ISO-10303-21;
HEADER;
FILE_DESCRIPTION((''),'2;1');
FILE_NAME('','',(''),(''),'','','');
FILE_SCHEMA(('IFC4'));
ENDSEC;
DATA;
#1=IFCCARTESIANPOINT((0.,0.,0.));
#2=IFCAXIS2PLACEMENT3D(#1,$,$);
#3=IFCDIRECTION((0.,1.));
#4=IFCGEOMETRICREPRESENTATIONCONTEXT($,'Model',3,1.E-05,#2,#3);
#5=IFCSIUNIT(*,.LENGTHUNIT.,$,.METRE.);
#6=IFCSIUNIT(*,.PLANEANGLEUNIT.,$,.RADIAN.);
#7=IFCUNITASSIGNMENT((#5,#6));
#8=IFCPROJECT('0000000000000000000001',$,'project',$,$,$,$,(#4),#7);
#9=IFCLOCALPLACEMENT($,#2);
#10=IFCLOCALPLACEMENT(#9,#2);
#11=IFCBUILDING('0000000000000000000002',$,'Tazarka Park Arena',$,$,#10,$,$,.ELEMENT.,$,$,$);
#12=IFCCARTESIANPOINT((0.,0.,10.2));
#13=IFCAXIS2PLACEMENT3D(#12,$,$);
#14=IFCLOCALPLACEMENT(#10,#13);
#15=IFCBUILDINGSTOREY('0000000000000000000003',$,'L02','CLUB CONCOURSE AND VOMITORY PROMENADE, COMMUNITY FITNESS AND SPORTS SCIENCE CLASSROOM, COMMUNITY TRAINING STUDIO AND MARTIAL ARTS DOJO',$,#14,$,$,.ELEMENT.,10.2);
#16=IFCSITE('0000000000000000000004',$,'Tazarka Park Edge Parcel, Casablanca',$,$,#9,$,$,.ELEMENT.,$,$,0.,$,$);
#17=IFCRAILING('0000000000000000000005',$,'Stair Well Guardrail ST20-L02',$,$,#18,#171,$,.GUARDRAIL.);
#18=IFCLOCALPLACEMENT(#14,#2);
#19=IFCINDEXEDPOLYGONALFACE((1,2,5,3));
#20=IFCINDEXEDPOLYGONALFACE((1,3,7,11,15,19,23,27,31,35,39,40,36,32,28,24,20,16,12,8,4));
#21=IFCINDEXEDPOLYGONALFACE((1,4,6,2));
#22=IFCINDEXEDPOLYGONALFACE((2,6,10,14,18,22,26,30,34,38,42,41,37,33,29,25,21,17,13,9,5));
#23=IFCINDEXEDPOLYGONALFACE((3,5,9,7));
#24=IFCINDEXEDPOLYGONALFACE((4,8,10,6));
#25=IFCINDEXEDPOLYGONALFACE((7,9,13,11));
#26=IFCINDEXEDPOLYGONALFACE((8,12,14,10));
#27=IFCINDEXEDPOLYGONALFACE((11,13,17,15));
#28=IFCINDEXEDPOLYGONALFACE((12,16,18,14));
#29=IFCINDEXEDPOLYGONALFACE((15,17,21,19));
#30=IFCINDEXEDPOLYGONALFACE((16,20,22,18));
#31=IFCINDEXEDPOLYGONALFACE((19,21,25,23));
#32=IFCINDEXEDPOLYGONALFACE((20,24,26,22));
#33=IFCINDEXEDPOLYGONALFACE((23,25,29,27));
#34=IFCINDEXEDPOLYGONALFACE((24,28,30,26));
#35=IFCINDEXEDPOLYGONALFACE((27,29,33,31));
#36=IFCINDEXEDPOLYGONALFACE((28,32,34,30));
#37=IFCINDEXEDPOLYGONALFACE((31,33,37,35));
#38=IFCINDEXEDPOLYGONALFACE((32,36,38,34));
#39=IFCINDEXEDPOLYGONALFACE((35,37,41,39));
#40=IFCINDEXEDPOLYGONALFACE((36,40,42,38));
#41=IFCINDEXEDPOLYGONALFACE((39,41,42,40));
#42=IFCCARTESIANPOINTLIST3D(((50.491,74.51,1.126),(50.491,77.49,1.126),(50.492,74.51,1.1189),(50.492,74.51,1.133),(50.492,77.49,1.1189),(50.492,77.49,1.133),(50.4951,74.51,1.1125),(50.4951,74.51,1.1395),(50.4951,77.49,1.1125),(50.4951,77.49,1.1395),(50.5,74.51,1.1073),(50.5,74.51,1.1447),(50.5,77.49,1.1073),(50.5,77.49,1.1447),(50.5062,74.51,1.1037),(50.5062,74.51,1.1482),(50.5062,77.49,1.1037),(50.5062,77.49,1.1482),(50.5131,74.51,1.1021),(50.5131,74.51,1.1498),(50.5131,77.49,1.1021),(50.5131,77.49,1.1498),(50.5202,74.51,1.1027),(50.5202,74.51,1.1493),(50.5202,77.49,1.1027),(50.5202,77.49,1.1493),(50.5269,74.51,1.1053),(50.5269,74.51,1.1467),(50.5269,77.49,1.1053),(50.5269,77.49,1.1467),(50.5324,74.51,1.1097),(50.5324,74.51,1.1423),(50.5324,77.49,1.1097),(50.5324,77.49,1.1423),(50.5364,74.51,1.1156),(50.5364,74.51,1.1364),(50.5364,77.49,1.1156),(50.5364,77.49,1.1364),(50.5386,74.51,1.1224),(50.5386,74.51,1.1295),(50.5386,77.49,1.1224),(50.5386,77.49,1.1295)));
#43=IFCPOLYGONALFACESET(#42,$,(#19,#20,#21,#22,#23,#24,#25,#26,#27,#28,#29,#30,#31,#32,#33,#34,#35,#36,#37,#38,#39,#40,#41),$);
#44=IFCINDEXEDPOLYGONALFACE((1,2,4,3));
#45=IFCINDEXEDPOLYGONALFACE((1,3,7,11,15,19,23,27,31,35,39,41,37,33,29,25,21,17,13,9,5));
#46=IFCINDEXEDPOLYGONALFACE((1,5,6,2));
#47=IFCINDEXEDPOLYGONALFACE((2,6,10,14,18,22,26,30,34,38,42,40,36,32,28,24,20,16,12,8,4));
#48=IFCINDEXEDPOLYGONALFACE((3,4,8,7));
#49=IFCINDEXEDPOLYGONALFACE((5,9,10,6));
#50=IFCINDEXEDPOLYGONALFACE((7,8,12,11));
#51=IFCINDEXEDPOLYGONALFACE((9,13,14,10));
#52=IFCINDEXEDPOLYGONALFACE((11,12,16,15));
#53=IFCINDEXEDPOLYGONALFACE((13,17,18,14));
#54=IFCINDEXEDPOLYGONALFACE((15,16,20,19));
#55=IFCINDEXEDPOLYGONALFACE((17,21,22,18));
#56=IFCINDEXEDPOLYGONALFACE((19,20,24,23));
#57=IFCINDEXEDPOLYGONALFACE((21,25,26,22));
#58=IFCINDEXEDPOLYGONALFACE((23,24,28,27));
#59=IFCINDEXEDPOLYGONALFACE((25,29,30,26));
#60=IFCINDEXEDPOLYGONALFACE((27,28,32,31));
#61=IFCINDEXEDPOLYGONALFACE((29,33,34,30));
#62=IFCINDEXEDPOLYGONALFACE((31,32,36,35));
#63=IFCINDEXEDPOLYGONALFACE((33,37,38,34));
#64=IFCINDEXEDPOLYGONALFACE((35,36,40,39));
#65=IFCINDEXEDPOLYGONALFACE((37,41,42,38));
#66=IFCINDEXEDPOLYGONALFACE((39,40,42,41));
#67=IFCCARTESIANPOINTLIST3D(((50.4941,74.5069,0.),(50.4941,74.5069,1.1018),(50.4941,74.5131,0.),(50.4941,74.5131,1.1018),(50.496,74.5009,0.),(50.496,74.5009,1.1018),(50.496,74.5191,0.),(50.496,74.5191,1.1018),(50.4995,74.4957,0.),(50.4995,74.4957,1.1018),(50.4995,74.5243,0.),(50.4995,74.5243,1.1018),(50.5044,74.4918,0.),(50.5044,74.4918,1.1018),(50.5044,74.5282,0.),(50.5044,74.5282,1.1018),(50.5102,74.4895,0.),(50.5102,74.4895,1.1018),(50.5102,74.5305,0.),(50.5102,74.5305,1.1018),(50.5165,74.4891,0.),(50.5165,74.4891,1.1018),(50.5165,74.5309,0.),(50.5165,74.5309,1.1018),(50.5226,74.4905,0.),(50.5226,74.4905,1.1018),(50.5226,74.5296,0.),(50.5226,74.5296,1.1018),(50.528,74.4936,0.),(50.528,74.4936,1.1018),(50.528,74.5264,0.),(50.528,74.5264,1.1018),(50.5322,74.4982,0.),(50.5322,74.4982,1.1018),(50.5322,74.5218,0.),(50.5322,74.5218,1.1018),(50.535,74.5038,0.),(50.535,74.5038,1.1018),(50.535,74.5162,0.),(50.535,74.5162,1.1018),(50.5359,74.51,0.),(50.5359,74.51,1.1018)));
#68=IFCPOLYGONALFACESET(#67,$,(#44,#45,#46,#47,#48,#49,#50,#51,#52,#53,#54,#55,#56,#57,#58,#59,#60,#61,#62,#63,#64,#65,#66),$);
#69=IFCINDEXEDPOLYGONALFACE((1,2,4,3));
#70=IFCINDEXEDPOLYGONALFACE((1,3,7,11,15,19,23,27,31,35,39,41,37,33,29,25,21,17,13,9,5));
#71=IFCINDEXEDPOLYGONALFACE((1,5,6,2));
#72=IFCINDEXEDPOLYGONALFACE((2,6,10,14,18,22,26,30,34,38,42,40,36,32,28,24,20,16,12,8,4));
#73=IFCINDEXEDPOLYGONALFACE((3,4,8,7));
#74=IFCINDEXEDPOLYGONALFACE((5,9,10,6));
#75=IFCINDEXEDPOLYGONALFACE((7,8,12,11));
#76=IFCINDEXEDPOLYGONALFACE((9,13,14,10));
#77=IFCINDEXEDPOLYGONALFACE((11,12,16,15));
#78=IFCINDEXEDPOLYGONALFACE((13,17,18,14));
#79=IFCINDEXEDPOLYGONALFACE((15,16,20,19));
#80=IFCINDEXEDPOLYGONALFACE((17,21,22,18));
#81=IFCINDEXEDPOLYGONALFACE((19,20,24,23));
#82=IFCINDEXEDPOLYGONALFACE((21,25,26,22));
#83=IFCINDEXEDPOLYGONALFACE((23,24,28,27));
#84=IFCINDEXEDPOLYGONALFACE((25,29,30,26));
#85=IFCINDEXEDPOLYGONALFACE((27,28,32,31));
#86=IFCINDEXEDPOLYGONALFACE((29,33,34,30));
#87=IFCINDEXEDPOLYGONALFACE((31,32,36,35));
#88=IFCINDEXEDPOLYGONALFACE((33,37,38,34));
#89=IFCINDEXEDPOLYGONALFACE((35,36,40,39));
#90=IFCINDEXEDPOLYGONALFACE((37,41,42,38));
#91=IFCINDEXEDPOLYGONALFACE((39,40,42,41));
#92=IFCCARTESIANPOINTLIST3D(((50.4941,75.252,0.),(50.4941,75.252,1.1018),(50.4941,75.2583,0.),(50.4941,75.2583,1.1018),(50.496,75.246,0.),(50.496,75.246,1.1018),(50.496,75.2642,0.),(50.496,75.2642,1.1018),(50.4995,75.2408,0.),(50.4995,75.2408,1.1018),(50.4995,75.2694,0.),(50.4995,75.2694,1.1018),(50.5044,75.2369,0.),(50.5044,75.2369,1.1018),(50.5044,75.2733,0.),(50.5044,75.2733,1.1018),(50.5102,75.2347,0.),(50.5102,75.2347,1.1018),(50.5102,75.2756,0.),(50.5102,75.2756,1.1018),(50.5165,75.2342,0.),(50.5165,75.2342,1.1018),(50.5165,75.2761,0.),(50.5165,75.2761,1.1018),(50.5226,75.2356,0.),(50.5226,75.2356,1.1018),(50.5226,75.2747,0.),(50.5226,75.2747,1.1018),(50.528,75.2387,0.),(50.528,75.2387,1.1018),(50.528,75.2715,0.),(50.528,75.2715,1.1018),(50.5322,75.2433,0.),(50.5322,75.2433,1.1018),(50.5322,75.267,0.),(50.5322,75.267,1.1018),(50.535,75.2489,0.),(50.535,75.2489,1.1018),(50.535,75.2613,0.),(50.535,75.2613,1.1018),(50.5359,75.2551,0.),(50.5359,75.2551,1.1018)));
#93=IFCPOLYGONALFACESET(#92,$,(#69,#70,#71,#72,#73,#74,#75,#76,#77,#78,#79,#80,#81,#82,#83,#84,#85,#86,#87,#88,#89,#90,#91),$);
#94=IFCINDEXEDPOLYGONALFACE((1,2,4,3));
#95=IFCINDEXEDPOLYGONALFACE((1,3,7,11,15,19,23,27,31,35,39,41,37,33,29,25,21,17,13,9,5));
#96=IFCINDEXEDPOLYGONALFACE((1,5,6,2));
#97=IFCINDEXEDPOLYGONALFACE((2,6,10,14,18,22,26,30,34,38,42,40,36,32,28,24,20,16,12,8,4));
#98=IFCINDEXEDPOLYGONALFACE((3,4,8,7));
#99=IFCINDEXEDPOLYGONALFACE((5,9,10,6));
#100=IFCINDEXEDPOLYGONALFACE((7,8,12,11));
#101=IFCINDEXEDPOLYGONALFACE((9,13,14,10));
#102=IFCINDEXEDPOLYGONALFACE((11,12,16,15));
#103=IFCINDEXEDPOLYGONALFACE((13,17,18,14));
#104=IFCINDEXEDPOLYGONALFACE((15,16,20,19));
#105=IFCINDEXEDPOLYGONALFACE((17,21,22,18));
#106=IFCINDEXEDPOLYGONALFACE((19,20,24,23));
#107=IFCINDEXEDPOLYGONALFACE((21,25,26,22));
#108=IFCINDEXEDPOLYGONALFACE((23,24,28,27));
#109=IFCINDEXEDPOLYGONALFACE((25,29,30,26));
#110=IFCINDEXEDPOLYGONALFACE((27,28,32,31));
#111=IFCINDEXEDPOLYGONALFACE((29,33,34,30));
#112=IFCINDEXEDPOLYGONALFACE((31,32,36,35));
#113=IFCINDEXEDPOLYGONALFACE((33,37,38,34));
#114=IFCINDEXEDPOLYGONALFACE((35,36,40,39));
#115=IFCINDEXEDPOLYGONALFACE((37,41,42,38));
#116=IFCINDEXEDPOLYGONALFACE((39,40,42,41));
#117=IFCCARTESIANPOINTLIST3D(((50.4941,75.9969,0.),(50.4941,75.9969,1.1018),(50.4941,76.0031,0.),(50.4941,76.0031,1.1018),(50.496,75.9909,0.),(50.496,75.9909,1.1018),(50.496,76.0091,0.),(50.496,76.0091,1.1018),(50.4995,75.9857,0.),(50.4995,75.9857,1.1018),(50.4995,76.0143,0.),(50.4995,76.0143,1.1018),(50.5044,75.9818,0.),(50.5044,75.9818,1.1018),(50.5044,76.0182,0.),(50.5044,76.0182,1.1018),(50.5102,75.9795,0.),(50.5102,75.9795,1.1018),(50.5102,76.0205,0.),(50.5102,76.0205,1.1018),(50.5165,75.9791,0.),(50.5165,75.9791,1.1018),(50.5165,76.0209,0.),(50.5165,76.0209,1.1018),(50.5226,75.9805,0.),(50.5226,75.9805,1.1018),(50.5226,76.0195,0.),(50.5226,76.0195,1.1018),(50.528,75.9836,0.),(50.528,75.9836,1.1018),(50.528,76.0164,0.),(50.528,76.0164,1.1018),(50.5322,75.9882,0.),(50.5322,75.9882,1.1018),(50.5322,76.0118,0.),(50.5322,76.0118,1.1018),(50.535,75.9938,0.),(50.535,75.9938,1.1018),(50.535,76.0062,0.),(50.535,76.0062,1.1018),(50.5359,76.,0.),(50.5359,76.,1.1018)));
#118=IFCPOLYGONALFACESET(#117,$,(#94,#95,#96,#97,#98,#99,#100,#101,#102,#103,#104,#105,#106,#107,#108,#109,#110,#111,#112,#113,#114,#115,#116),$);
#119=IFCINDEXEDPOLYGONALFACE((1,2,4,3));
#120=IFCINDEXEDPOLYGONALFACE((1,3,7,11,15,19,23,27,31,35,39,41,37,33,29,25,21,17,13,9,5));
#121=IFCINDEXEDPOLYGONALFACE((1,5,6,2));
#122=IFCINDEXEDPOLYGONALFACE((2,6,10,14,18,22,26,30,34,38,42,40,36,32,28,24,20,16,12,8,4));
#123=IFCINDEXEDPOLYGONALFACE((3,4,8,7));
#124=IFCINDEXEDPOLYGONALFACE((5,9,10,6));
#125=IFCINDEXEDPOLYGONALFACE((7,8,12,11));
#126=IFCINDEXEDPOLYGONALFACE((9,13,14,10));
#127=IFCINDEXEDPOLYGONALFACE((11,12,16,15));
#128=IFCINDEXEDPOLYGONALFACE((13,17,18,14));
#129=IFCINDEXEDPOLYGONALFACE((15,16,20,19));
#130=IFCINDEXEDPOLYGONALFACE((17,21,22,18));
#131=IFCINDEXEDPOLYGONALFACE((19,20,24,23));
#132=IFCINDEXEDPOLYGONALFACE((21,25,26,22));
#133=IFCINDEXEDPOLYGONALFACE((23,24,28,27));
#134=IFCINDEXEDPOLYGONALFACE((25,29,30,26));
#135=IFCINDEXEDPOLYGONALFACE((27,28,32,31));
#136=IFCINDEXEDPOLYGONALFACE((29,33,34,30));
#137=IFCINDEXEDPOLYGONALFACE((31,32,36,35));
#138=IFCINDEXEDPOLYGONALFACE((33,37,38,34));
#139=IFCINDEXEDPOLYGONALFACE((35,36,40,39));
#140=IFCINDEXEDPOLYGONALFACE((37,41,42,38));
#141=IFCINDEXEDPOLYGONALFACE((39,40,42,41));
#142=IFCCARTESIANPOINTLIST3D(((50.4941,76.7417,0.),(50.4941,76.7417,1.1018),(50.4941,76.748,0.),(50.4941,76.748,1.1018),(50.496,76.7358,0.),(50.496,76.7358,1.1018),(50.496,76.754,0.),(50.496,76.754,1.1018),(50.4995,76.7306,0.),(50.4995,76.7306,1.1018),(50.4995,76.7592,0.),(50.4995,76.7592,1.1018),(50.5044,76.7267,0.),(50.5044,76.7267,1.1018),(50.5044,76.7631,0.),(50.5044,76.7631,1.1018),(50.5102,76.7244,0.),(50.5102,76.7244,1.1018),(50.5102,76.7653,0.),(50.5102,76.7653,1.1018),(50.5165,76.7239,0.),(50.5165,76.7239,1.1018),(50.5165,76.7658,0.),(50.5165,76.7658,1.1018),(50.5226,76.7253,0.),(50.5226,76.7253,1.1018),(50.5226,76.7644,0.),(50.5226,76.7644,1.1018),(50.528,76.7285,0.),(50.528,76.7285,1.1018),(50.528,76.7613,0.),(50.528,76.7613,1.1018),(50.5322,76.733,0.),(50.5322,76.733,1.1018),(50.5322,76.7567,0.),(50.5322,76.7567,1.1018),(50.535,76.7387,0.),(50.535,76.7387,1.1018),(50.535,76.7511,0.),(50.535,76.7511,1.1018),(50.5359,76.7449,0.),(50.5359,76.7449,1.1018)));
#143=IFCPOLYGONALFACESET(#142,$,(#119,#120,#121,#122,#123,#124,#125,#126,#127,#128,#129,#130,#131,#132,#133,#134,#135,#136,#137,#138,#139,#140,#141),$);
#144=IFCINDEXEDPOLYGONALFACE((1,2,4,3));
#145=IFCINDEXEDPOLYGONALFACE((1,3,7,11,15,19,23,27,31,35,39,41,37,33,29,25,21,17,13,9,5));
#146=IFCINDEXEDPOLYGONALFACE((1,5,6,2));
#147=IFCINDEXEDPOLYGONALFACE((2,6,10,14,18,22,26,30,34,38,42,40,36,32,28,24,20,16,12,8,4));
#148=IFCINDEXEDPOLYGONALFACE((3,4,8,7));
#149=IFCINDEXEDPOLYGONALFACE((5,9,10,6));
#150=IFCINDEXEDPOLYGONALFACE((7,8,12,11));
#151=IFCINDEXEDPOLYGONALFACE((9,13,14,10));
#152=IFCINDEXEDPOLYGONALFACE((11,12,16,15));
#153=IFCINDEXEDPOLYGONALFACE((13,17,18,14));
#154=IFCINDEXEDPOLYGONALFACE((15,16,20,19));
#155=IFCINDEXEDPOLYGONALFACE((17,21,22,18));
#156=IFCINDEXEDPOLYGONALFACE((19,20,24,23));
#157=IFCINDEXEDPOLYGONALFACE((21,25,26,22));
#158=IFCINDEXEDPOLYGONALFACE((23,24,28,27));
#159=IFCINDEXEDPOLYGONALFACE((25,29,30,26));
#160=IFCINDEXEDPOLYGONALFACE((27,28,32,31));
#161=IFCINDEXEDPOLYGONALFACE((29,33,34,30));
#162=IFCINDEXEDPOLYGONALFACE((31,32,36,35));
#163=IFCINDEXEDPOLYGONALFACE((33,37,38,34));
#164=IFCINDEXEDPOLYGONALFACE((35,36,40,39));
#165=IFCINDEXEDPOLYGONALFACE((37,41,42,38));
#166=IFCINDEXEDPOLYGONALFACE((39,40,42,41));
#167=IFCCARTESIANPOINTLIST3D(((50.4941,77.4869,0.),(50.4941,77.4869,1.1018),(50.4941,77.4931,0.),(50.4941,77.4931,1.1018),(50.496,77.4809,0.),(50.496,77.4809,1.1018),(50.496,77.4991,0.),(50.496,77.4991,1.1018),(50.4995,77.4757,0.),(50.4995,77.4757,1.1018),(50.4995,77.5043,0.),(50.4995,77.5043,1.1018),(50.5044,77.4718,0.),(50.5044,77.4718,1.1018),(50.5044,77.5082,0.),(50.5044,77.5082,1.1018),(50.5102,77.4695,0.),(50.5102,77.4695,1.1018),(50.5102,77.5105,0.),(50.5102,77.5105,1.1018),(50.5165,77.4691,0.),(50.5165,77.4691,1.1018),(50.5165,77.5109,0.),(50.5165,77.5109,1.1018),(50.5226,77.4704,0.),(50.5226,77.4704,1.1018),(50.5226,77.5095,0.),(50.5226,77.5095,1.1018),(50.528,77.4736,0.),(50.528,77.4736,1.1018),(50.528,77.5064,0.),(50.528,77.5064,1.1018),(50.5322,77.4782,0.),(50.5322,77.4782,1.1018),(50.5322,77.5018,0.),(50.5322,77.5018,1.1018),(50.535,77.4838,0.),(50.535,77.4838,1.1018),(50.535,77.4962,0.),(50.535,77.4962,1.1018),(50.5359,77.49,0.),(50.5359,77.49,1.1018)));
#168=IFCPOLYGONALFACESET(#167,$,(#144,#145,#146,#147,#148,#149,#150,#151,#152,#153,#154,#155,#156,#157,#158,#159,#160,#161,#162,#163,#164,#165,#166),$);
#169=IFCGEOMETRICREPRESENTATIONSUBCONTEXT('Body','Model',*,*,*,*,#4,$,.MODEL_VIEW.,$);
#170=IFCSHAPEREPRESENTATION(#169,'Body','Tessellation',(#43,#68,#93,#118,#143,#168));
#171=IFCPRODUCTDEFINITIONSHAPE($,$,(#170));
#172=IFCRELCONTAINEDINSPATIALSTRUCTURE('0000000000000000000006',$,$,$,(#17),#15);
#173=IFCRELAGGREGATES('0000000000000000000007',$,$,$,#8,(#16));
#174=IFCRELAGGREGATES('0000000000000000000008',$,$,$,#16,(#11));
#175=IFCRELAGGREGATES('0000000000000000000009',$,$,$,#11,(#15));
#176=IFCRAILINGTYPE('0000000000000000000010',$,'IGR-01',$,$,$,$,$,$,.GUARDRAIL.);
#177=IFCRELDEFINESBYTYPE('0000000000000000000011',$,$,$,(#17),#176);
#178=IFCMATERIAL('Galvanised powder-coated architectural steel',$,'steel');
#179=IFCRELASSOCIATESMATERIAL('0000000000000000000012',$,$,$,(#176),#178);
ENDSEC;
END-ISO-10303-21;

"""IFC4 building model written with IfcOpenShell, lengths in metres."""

from ifc_helpers import new_model, si_unit, direction, frame, origin, origin_2d, place, context, subcontext, project, spatial, circle, extrude, material, type_object, element, save


model = new_model("IFC4")

# Units and contexts
model_context = context("Model", 3, precision=1e-05, world=origin(), true_north=direction((0.0, 1.0)))
body_context = subcontext(model_context, "Body", "Model", "MODEL_VIEW")
ifc_project = project(units=[si_unit("LENGTHUNIT", "METRE"), si_unit("PLANEANGLEUNIT", "RADIAN")], contexts=[model_context])

# Site, building, storey
site_placement = place(None, origin())
site = spatial("IfcSite", under=ifc_project, at=site_placement, Name="Tazarka Park Edge Parcel, Casablanca", CompositionType="ELEMENT", RefElevation=0.0)
building_placement = place(site_placement, origin())
building = spatial("IfcBuilding", under=site, at=building_placement, Name="Tazarka Park Arena", CompositionType="ELEMENT")
storey_placement = place(building_placement, frame((0.0, 0.0, 10.2)))
storey = spatial("IfcBuildingStorey", under=building, at=storey_placement, Name="L02", Description="CLUB CONCOURSE AND VOMITORY PROMENADE, COMMUNITY FITNESS AND SPORTS SCIENCE CLASSROOM, COMMUNITY TRAINING STUDIO AND MARTIAL ARTS DOJO", CompositionType="ELEMENT", Elevation=10.2)

# Railing
ifc_material_1 = material(Name="Galvanised powder-coated architectural steel", Category="steel")
railing_type_1 = type_object("IfcRailingType", Name="IGR-01", PredefinedType="GUARDRAIL", material=ifc_material_1)
for number, where, name in (
    (1, (50.5149, 74.51, 0.0), "Stair Well Guardrail ST20-L02"),
):
    element("IfcRailing", number, at=place(storey_placement, frame(where)), inside=storey, type_object=railing_type_1, Name=name, PredefinedType="GUARDRAIL", context=body_context, shape_type="SweptSolid", body=[
        extrude(circle(Radius=0.0239, at=origin_2d()), frame((0.0, 0.0, 1.126), z_axis=(0.0, 1.0, 0.0), x_axis=(-1.0, 0.0, 0.0)), (0.0, 0.0, 1.0), 2.98),
        extrude(circle(Radius=0.021, at=origin_2d()), origin(), (0.0, 0.0, 1.0), 1.1018),
        extrude(circle(Radius=0.021, at=origin_2d()), frame((0.0, 0.7451, 0.0)), (0.0, 0.0, 1.0), 1.1018),
        extrude(circle(Radius=0.021, at=origin_2d()), frame((0.0, 1.49, 0.0)), (0.0, 0.0, 1.0), 1.1018),
        extrude(circle(Radius=0.021, at=origin_2d()), frame((0.0, 2.2349, 0.0)), (0.0, 0.0, 1.0), 1.1018),
        extrude(circle(Radius=0.021, at=origin_2d()), frame((0.0, 2.98, 0.0)), (0.0, 0.0, 1.0), 1.1018),
    ])

save(model, "model.ifc")
